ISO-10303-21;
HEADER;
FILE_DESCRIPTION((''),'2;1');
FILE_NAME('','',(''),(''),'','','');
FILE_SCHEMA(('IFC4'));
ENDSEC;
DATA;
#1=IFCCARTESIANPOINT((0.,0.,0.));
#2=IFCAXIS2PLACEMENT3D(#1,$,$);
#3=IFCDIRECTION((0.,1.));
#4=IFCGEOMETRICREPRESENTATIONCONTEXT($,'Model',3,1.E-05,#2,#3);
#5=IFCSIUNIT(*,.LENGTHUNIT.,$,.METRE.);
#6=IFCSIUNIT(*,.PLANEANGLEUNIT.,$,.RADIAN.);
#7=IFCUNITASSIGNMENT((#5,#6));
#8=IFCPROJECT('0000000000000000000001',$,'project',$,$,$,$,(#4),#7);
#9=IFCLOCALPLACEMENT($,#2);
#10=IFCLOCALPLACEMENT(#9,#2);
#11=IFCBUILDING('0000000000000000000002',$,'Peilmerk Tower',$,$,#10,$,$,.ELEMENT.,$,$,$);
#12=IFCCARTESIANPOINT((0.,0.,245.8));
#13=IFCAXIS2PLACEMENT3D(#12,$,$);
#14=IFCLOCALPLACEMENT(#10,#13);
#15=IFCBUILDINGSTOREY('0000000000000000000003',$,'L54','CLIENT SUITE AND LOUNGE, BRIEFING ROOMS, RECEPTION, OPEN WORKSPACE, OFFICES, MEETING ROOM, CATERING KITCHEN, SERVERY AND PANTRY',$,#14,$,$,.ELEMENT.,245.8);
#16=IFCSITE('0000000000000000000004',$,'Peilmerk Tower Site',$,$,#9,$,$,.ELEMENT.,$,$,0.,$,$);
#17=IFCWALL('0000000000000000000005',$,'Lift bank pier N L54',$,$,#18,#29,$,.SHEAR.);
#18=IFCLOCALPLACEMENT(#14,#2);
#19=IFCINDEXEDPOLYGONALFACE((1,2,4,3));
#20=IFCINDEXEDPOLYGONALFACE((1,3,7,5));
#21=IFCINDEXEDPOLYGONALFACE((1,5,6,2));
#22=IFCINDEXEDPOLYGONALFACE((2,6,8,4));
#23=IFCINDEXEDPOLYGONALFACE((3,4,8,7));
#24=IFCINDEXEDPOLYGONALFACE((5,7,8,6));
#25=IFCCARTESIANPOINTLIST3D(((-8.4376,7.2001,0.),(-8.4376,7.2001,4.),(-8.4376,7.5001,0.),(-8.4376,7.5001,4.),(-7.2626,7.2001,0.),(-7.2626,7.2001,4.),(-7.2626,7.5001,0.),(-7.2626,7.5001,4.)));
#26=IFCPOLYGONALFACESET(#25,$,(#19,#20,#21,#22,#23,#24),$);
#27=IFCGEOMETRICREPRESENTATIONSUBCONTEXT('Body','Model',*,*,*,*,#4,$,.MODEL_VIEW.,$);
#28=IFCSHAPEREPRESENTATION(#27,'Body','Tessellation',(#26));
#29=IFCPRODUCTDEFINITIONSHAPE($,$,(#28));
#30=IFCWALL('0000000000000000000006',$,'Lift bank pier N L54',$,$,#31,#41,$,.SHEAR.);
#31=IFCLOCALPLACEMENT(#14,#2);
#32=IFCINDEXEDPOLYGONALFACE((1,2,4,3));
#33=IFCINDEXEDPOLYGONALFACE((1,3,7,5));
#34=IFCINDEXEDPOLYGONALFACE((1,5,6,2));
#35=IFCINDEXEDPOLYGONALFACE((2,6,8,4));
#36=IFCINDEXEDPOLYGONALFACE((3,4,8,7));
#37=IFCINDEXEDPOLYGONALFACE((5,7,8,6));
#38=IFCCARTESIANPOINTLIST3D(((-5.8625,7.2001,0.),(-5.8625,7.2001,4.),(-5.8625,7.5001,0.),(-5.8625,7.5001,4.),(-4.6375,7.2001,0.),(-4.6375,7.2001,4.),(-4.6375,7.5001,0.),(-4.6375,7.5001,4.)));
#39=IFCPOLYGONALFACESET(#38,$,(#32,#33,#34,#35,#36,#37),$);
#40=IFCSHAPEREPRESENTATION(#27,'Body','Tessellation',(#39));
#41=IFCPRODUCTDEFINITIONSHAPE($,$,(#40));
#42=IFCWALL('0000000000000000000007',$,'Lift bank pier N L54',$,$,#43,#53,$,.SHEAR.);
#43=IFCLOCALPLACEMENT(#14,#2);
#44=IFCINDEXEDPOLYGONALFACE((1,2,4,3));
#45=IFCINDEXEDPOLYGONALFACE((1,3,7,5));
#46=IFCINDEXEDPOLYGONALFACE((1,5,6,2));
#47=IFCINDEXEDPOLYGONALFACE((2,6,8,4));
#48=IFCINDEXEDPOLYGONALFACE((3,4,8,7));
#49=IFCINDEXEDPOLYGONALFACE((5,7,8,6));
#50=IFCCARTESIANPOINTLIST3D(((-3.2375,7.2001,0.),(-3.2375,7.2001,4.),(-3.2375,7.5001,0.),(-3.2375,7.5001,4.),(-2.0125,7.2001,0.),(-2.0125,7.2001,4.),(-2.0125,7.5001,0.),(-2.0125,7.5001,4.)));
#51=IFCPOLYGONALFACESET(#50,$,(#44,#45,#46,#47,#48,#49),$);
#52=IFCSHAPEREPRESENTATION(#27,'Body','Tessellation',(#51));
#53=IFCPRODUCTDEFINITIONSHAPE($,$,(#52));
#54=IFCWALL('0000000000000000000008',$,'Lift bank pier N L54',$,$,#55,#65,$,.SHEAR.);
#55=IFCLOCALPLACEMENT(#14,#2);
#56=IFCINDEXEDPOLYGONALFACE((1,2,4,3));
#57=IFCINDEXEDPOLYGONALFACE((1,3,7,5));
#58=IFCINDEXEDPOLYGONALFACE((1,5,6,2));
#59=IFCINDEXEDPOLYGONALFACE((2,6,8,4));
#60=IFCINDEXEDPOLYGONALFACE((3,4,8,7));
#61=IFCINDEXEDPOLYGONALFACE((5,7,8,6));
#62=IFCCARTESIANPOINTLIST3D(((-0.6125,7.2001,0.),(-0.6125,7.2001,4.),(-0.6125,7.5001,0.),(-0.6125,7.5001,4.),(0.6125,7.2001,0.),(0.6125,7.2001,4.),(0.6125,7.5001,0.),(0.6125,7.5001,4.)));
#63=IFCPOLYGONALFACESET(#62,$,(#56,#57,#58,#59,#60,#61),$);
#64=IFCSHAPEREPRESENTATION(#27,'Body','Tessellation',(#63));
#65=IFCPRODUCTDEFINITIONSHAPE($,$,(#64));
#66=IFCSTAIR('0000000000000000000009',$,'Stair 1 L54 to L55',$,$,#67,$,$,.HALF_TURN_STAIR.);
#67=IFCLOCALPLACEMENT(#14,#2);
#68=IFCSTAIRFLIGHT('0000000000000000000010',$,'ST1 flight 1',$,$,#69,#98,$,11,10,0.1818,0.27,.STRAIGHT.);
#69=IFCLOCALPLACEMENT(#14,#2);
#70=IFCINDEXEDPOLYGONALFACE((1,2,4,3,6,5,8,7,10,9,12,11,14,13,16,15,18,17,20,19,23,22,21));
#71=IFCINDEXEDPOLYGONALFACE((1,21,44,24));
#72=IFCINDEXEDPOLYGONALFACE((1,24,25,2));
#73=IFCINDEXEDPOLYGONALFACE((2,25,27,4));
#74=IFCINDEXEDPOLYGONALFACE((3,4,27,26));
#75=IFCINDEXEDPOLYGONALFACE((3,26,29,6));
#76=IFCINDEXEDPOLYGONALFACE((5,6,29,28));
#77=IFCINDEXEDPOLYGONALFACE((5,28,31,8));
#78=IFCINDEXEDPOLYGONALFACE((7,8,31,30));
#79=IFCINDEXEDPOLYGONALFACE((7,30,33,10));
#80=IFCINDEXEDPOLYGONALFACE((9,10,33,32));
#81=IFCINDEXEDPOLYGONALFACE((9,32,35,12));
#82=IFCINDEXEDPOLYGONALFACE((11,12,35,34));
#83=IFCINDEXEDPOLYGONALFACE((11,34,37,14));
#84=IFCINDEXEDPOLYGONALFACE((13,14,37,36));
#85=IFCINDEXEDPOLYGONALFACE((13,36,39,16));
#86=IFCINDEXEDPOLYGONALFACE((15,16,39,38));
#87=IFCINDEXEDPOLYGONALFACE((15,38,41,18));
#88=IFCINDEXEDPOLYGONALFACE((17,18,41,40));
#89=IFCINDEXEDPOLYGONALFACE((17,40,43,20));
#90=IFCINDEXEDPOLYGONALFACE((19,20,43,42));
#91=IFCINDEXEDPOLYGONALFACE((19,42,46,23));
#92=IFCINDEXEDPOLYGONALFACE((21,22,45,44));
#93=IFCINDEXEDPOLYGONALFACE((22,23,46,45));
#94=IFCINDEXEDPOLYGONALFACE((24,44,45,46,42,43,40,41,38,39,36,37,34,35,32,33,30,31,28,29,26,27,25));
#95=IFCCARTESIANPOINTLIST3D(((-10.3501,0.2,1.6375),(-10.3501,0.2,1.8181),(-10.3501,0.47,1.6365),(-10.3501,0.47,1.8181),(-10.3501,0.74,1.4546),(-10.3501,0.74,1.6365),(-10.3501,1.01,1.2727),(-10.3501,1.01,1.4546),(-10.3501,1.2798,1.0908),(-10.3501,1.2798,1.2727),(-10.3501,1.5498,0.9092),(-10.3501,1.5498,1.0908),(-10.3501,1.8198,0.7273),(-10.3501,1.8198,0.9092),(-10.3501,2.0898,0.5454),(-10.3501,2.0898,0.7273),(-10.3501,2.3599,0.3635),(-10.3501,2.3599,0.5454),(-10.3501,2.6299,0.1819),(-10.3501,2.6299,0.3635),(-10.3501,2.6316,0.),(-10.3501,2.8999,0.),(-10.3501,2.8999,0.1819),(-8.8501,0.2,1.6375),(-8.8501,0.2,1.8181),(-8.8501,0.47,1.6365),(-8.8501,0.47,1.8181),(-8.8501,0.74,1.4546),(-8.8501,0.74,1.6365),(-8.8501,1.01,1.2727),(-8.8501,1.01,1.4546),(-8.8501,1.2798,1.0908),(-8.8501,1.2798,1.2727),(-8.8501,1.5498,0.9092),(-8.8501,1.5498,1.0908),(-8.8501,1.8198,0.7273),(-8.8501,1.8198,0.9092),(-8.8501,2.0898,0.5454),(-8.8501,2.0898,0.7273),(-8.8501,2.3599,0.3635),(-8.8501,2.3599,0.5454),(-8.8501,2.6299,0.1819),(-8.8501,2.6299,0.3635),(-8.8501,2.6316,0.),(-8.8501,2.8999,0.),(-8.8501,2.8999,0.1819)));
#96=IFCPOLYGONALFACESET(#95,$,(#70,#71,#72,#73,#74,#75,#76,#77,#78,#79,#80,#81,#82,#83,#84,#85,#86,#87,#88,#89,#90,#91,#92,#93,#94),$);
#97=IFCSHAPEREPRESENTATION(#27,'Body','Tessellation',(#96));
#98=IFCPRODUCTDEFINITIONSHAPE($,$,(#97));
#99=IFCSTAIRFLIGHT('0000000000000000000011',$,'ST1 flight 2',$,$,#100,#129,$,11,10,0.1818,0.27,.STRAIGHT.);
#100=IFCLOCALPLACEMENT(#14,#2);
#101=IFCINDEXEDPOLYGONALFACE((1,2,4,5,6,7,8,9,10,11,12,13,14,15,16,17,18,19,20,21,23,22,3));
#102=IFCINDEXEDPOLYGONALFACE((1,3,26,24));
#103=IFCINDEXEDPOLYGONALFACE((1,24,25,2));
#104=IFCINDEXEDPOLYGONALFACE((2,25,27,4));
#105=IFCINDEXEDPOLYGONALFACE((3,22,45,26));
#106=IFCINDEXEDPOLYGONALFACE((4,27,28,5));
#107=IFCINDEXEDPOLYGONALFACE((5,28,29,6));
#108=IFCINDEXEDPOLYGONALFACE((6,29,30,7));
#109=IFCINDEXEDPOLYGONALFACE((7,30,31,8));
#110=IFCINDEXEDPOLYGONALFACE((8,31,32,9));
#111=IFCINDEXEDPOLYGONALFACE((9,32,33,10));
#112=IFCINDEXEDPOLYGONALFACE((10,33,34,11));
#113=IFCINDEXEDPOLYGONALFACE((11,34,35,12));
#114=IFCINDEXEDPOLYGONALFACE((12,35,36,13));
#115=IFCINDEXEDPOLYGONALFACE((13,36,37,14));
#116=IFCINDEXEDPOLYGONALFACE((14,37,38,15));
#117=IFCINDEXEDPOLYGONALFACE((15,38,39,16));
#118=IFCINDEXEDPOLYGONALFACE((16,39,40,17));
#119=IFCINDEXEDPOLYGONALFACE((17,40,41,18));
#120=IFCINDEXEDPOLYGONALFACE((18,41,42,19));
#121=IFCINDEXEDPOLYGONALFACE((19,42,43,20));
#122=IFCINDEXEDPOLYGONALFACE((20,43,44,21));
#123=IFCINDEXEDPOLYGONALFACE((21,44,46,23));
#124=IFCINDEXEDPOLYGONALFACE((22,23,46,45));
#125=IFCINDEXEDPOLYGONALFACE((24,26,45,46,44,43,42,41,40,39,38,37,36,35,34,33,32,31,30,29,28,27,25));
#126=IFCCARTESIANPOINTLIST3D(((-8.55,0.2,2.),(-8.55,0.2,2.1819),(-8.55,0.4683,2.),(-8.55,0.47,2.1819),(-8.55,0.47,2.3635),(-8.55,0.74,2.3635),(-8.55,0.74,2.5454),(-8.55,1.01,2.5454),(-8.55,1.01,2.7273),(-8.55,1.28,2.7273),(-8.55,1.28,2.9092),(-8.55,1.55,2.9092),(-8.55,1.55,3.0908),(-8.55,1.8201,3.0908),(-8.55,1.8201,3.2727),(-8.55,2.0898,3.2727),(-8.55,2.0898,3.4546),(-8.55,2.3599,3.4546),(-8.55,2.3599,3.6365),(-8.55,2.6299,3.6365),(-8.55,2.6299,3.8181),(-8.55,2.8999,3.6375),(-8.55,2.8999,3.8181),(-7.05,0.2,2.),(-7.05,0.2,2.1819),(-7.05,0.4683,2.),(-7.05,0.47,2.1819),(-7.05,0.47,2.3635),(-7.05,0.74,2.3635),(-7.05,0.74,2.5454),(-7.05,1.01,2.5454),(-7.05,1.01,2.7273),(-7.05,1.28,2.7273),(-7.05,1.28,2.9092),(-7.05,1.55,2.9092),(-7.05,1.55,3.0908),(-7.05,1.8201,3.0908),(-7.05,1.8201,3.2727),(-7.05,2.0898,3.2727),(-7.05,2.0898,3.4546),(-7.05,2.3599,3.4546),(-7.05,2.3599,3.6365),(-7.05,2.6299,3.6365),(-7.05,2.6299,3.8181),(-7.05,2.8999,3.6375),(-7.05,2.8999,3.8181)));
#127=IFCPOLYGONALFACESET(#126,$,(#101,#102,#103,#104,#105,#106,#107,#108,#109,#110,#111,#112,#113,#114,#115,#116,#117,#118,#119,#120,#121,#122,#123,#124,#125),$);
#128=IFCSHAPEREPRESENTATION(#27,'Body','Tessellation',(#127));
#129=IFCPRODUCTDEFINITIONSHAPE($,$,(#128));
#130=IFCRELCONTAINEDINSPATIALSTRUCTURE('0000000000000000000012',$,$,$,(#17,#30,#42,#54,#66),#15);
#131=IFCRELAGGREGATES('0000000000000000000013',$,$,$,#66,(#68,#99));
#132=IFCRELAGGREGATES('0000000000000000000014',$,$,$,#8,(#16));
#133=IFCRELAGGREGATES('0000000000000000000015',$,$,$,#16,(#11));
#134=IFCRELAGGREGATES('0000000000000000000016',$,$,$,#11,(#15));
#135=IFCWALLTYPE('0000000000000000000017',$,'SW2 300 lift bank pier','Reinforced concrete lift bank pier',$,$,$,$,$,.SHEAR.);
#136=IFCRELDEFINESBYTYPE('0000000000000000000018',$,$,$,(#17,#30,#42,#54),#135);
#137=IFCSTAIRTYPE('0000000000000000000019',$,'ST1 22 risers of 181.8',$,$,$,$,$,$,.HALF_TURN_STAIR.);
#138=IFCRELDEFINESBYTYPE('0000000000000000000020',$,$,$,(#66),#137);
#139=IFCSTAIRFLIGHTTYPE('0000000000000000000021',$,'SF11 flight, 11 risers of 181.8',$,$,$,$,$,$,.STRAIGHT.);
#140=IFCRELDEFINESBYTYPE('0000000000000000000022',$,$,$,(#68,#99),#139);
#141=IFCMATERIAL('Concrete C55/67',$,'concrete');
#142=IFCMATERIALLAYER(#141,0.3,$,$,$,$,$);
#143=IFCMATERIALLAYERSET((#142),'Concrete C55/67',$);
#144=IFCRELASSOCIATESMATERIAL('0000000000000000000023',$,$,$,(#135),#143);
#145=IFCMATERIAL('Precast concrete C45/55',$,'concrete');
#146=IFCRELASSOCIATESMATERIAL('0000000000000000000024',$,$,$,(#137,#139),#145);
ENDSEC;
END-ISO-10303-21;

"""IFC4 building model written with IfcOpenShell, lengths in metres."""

from ifc_helpers import new_model, si_unit, direction, frame, frame_2d, origin, place, context, subcontext, project, spatial, polyline, rectangle, outline, extrude, material, layer, layer_set, type_object, element, aggregate, save


model = new_model("IFC4")

# Units and contexts
model_context = context("Model", 3, precision=1e-05, world=origin(), true_north=direction((0.0, 1.0)))
body_context = subcontext(model_context, "Body", "Model", "MODEL_VIEW")
ifc_project = project(units=[si_unit("LENGTHUNIT", "METRE"), si_unit("PLANEANGLEUNIT", "RADIAN")], contexts=[model_context])

# Site, building, storey
site_placement = place(None, origin())
site = spatial("IfcSite", under=ifc_project, at=site_placement, Name="Peilmerk Tower Site", CompositionType="ELEMENT", RefElevation=0.0)
building_placement = place(site_placement, origin())
building = spatial("IfcBuilding", under=site, at=building_placement, Name="Peilmerk Tower", CompositionType="ELEMENT")
storey_placement = place(building_placement, frame((0.0, 0.0, 245.8)))
storey = spatial("IfcBuildingStorey", under=building, at=storey_placement, Name="L54", Description="CLIENT SUITE AND LOUNGE, BRIEFING ROOMS, RECEPTION, OPEN WORKSPACE, OFFICES, MEETING ROOM, CATERING KITCHEN, SERVERY AND PANTRY", CompositionType="ELEMENT", Elevation=245.8)

# Shared definitions
ifc_material_1 = material(Name="Concrete C55/67", Category="concrete")

# Walls
ifc_layer_1 = layer(ifc_material_1, 0.3)
ifc_layer_set_1 = layer_set([ifc_layer_1], Name="Concrete C55/67")
wall_type_1 = type_object("IfcWallType", Name="SW2 300 lift bank pier", Description="Reinforced concrete lift bank pier", PredefinedType="SHEAR", material=ifc_layer_set_1)
wall_1_placement = place(storey_placement, frame((-8.4375, 7.3501, 0.0), z_axis=(0.0, 0.0, 1.0), x_axis=(1.0, 0.0, 0.0)))
element("IfcWall", 1, at=wall_1_placement, inside=storey, type_object=wall_type_1, Name="Lift bank pier N L54", PredefinedType="SHEAR", context=body_context, shape_type="SweptSolid", body=[
    extrude(rectangle(XDim=1.175, YDim=0.3, at=frame_2d((0.5874, 0.0))), origin(), (0.0, 0.0, 1.0), 4.0),
])
for number, where, z_axis, x_axis, name in (
    (2, (-5.8625, 7.3501, 0.0), (0.0, 0.0, 1.0), (1.0, 0.0, 0.0), "Lift bank pier N L54"),
    (3, (-3.2375, 7.3501, 0.0), (0.0, 0.0, 1.0), (1.0, 0.0, 0.0), "Lift bank pier N L54"),
    (4, (-0.6125, 7.3501, 0.0), (0.0, 0.0, 1.0), (1.0, 0.0, 0.0), "Lift bank pier N L54"),
):
    element("IfcWall", number, at=place(storey_placement, frame(where, z_axis=z_axis, x_axis=x_axis)), inside=storey, type_object=wall_type_1, Name=name, PredefinedType="SHEAR", context=body_context, shape_type="SweptSolid", body=[
        extrude(rectangle(XDim=1.2251, YDim=0.3, at=frame_2d((0.6125, 0.0))), origin(), (0.0, 0.0, 1.0), 4.0),
    ])

# Stair, stair flights
ifc_material_2 = material(Name="Precast concrete C45/55", Category="concrete")
stair_type = type_object("IfcStairType", Name="ST1 22 risers of 181.8", PredefinedType="HALF_TURN_STAIR", material=ifc_material_2)
stair_placement = place(storey_placement, origin())
stair = element("IfcStair", 5, at=stair_placement, inside=storey, type_object=stair_type, Name="Stair 1 L54 to L55", PredefinedType="HALF_TURN_STAIR")
stair_flight_type = type_object("IfcStairFlightType", Name="SF11 flight, 11 risers of 181.8", PredefinedType="STRAIGHT", material=ifc_material_2)
stair_flight_1_placement = place(storey_placement, frame((-9.6001, 2.8999, 0.0), z_axis=(0.0, 0.0, 1.0), x_axis=(0.0, -1.0, 0.0)))
stair_flight_1 = element("IfcStairFlight", 6, at=stair_flight_1_placement, type_object=stair_flight_type, Name="ST1 flight 1", NumberOfRisers=11, NumberOfTreads=10, PredefinedType="STRAIGHT", RiserHeight=0.1818, TreadLength=0.27, context=body_context, shape_type="SweptSolid", body=[
    extrude(outline(polyline([(0.0, 0.0), (0.0, 0.1819), (0.27, 0.1819), (0.27, 0.3635), (0.54, 0.3635), (0.54, 0.5454), (0.8101, 0.5454), (0.8101, 0.7273), (1.0801, 0.7273), (1.0801, 0.9092), (1.3501, 0.9092), (1.3501, 1.0908), (1.6201, 1.0908), (1.6201, 1.2727), (1.8899, 1.2727), (1.8899, 1.4546), (2.1599, 1.4546), (2.1599, 1.6365), (2.4299, 1.6365), (2.4299, 1.8181), (2.7, 1.8181), (2.7, 2.0), (2.7, 1.6375), (0.2683, 0.0), (0.0, 0.0)])), frame((0.0, 0.75, 0.0), z_axis=(0.0, -1.0, 0.0), x_axis=(1.0, 0.0, 0.0)), (0.0, 0.0, 1.0), 1.5),
])
stair_flight_2_placement = place(storey_placement, frame((-7.8, 0.2, 2.0), z_axis=(0.0, 0.0, 1.0), x_axis=(0.0, 1.0, 0.0)))
stair_flight_2 = element("IfcStairFlight", 7, at=stair_flight_2_placement, type_object=stair_flight_type, Name="ST1 flight 2", NumberOfRisers=11, NumberOfTreads=10, PredefinedType="STRAIGHT", RiserHeight=0.1818, TreadLength=0.27, context=body_context, shape_type="SweptSolid", body=[
    extrude(outline(polyline([(0.0, 0.0), (0.0, 0.1819), (0.27, 0.1819), (0.27, 0.3635), (0.54, 0.3635), (0.54, 0.5454), (0.8101, 0.5454), (0.8101, 0.7273), (1.0801, 0.7273), (1.0801, 0.9092), (1.3501, 0.9092), (1.3501, 1.0908), (1.6201, 1.0908), (1.6201, 1.2727), (1.8899, 1.2727), (1.8899, 1.4546), (2.1599, 1.4546), (2.1599, 1.6365), (2.4299, 1.6365), (2.4299, 1.8181), (2.7, 1.8181), (2.7, 2.0), (2.7, 1.6375), (0.2683, 0.0), (0.0, 0.0)])), frame((0.0, 0.75, 0.0), z_axis=(0.0, -1.0, 0.0), x_axis=(1.0, 0.0, 0.0)), (0.0, 0.0, 1.0), 1.5),
])
aggregate(stair, [stair_flight_1, stair_flight_2])

save(model, "model.ifc")
